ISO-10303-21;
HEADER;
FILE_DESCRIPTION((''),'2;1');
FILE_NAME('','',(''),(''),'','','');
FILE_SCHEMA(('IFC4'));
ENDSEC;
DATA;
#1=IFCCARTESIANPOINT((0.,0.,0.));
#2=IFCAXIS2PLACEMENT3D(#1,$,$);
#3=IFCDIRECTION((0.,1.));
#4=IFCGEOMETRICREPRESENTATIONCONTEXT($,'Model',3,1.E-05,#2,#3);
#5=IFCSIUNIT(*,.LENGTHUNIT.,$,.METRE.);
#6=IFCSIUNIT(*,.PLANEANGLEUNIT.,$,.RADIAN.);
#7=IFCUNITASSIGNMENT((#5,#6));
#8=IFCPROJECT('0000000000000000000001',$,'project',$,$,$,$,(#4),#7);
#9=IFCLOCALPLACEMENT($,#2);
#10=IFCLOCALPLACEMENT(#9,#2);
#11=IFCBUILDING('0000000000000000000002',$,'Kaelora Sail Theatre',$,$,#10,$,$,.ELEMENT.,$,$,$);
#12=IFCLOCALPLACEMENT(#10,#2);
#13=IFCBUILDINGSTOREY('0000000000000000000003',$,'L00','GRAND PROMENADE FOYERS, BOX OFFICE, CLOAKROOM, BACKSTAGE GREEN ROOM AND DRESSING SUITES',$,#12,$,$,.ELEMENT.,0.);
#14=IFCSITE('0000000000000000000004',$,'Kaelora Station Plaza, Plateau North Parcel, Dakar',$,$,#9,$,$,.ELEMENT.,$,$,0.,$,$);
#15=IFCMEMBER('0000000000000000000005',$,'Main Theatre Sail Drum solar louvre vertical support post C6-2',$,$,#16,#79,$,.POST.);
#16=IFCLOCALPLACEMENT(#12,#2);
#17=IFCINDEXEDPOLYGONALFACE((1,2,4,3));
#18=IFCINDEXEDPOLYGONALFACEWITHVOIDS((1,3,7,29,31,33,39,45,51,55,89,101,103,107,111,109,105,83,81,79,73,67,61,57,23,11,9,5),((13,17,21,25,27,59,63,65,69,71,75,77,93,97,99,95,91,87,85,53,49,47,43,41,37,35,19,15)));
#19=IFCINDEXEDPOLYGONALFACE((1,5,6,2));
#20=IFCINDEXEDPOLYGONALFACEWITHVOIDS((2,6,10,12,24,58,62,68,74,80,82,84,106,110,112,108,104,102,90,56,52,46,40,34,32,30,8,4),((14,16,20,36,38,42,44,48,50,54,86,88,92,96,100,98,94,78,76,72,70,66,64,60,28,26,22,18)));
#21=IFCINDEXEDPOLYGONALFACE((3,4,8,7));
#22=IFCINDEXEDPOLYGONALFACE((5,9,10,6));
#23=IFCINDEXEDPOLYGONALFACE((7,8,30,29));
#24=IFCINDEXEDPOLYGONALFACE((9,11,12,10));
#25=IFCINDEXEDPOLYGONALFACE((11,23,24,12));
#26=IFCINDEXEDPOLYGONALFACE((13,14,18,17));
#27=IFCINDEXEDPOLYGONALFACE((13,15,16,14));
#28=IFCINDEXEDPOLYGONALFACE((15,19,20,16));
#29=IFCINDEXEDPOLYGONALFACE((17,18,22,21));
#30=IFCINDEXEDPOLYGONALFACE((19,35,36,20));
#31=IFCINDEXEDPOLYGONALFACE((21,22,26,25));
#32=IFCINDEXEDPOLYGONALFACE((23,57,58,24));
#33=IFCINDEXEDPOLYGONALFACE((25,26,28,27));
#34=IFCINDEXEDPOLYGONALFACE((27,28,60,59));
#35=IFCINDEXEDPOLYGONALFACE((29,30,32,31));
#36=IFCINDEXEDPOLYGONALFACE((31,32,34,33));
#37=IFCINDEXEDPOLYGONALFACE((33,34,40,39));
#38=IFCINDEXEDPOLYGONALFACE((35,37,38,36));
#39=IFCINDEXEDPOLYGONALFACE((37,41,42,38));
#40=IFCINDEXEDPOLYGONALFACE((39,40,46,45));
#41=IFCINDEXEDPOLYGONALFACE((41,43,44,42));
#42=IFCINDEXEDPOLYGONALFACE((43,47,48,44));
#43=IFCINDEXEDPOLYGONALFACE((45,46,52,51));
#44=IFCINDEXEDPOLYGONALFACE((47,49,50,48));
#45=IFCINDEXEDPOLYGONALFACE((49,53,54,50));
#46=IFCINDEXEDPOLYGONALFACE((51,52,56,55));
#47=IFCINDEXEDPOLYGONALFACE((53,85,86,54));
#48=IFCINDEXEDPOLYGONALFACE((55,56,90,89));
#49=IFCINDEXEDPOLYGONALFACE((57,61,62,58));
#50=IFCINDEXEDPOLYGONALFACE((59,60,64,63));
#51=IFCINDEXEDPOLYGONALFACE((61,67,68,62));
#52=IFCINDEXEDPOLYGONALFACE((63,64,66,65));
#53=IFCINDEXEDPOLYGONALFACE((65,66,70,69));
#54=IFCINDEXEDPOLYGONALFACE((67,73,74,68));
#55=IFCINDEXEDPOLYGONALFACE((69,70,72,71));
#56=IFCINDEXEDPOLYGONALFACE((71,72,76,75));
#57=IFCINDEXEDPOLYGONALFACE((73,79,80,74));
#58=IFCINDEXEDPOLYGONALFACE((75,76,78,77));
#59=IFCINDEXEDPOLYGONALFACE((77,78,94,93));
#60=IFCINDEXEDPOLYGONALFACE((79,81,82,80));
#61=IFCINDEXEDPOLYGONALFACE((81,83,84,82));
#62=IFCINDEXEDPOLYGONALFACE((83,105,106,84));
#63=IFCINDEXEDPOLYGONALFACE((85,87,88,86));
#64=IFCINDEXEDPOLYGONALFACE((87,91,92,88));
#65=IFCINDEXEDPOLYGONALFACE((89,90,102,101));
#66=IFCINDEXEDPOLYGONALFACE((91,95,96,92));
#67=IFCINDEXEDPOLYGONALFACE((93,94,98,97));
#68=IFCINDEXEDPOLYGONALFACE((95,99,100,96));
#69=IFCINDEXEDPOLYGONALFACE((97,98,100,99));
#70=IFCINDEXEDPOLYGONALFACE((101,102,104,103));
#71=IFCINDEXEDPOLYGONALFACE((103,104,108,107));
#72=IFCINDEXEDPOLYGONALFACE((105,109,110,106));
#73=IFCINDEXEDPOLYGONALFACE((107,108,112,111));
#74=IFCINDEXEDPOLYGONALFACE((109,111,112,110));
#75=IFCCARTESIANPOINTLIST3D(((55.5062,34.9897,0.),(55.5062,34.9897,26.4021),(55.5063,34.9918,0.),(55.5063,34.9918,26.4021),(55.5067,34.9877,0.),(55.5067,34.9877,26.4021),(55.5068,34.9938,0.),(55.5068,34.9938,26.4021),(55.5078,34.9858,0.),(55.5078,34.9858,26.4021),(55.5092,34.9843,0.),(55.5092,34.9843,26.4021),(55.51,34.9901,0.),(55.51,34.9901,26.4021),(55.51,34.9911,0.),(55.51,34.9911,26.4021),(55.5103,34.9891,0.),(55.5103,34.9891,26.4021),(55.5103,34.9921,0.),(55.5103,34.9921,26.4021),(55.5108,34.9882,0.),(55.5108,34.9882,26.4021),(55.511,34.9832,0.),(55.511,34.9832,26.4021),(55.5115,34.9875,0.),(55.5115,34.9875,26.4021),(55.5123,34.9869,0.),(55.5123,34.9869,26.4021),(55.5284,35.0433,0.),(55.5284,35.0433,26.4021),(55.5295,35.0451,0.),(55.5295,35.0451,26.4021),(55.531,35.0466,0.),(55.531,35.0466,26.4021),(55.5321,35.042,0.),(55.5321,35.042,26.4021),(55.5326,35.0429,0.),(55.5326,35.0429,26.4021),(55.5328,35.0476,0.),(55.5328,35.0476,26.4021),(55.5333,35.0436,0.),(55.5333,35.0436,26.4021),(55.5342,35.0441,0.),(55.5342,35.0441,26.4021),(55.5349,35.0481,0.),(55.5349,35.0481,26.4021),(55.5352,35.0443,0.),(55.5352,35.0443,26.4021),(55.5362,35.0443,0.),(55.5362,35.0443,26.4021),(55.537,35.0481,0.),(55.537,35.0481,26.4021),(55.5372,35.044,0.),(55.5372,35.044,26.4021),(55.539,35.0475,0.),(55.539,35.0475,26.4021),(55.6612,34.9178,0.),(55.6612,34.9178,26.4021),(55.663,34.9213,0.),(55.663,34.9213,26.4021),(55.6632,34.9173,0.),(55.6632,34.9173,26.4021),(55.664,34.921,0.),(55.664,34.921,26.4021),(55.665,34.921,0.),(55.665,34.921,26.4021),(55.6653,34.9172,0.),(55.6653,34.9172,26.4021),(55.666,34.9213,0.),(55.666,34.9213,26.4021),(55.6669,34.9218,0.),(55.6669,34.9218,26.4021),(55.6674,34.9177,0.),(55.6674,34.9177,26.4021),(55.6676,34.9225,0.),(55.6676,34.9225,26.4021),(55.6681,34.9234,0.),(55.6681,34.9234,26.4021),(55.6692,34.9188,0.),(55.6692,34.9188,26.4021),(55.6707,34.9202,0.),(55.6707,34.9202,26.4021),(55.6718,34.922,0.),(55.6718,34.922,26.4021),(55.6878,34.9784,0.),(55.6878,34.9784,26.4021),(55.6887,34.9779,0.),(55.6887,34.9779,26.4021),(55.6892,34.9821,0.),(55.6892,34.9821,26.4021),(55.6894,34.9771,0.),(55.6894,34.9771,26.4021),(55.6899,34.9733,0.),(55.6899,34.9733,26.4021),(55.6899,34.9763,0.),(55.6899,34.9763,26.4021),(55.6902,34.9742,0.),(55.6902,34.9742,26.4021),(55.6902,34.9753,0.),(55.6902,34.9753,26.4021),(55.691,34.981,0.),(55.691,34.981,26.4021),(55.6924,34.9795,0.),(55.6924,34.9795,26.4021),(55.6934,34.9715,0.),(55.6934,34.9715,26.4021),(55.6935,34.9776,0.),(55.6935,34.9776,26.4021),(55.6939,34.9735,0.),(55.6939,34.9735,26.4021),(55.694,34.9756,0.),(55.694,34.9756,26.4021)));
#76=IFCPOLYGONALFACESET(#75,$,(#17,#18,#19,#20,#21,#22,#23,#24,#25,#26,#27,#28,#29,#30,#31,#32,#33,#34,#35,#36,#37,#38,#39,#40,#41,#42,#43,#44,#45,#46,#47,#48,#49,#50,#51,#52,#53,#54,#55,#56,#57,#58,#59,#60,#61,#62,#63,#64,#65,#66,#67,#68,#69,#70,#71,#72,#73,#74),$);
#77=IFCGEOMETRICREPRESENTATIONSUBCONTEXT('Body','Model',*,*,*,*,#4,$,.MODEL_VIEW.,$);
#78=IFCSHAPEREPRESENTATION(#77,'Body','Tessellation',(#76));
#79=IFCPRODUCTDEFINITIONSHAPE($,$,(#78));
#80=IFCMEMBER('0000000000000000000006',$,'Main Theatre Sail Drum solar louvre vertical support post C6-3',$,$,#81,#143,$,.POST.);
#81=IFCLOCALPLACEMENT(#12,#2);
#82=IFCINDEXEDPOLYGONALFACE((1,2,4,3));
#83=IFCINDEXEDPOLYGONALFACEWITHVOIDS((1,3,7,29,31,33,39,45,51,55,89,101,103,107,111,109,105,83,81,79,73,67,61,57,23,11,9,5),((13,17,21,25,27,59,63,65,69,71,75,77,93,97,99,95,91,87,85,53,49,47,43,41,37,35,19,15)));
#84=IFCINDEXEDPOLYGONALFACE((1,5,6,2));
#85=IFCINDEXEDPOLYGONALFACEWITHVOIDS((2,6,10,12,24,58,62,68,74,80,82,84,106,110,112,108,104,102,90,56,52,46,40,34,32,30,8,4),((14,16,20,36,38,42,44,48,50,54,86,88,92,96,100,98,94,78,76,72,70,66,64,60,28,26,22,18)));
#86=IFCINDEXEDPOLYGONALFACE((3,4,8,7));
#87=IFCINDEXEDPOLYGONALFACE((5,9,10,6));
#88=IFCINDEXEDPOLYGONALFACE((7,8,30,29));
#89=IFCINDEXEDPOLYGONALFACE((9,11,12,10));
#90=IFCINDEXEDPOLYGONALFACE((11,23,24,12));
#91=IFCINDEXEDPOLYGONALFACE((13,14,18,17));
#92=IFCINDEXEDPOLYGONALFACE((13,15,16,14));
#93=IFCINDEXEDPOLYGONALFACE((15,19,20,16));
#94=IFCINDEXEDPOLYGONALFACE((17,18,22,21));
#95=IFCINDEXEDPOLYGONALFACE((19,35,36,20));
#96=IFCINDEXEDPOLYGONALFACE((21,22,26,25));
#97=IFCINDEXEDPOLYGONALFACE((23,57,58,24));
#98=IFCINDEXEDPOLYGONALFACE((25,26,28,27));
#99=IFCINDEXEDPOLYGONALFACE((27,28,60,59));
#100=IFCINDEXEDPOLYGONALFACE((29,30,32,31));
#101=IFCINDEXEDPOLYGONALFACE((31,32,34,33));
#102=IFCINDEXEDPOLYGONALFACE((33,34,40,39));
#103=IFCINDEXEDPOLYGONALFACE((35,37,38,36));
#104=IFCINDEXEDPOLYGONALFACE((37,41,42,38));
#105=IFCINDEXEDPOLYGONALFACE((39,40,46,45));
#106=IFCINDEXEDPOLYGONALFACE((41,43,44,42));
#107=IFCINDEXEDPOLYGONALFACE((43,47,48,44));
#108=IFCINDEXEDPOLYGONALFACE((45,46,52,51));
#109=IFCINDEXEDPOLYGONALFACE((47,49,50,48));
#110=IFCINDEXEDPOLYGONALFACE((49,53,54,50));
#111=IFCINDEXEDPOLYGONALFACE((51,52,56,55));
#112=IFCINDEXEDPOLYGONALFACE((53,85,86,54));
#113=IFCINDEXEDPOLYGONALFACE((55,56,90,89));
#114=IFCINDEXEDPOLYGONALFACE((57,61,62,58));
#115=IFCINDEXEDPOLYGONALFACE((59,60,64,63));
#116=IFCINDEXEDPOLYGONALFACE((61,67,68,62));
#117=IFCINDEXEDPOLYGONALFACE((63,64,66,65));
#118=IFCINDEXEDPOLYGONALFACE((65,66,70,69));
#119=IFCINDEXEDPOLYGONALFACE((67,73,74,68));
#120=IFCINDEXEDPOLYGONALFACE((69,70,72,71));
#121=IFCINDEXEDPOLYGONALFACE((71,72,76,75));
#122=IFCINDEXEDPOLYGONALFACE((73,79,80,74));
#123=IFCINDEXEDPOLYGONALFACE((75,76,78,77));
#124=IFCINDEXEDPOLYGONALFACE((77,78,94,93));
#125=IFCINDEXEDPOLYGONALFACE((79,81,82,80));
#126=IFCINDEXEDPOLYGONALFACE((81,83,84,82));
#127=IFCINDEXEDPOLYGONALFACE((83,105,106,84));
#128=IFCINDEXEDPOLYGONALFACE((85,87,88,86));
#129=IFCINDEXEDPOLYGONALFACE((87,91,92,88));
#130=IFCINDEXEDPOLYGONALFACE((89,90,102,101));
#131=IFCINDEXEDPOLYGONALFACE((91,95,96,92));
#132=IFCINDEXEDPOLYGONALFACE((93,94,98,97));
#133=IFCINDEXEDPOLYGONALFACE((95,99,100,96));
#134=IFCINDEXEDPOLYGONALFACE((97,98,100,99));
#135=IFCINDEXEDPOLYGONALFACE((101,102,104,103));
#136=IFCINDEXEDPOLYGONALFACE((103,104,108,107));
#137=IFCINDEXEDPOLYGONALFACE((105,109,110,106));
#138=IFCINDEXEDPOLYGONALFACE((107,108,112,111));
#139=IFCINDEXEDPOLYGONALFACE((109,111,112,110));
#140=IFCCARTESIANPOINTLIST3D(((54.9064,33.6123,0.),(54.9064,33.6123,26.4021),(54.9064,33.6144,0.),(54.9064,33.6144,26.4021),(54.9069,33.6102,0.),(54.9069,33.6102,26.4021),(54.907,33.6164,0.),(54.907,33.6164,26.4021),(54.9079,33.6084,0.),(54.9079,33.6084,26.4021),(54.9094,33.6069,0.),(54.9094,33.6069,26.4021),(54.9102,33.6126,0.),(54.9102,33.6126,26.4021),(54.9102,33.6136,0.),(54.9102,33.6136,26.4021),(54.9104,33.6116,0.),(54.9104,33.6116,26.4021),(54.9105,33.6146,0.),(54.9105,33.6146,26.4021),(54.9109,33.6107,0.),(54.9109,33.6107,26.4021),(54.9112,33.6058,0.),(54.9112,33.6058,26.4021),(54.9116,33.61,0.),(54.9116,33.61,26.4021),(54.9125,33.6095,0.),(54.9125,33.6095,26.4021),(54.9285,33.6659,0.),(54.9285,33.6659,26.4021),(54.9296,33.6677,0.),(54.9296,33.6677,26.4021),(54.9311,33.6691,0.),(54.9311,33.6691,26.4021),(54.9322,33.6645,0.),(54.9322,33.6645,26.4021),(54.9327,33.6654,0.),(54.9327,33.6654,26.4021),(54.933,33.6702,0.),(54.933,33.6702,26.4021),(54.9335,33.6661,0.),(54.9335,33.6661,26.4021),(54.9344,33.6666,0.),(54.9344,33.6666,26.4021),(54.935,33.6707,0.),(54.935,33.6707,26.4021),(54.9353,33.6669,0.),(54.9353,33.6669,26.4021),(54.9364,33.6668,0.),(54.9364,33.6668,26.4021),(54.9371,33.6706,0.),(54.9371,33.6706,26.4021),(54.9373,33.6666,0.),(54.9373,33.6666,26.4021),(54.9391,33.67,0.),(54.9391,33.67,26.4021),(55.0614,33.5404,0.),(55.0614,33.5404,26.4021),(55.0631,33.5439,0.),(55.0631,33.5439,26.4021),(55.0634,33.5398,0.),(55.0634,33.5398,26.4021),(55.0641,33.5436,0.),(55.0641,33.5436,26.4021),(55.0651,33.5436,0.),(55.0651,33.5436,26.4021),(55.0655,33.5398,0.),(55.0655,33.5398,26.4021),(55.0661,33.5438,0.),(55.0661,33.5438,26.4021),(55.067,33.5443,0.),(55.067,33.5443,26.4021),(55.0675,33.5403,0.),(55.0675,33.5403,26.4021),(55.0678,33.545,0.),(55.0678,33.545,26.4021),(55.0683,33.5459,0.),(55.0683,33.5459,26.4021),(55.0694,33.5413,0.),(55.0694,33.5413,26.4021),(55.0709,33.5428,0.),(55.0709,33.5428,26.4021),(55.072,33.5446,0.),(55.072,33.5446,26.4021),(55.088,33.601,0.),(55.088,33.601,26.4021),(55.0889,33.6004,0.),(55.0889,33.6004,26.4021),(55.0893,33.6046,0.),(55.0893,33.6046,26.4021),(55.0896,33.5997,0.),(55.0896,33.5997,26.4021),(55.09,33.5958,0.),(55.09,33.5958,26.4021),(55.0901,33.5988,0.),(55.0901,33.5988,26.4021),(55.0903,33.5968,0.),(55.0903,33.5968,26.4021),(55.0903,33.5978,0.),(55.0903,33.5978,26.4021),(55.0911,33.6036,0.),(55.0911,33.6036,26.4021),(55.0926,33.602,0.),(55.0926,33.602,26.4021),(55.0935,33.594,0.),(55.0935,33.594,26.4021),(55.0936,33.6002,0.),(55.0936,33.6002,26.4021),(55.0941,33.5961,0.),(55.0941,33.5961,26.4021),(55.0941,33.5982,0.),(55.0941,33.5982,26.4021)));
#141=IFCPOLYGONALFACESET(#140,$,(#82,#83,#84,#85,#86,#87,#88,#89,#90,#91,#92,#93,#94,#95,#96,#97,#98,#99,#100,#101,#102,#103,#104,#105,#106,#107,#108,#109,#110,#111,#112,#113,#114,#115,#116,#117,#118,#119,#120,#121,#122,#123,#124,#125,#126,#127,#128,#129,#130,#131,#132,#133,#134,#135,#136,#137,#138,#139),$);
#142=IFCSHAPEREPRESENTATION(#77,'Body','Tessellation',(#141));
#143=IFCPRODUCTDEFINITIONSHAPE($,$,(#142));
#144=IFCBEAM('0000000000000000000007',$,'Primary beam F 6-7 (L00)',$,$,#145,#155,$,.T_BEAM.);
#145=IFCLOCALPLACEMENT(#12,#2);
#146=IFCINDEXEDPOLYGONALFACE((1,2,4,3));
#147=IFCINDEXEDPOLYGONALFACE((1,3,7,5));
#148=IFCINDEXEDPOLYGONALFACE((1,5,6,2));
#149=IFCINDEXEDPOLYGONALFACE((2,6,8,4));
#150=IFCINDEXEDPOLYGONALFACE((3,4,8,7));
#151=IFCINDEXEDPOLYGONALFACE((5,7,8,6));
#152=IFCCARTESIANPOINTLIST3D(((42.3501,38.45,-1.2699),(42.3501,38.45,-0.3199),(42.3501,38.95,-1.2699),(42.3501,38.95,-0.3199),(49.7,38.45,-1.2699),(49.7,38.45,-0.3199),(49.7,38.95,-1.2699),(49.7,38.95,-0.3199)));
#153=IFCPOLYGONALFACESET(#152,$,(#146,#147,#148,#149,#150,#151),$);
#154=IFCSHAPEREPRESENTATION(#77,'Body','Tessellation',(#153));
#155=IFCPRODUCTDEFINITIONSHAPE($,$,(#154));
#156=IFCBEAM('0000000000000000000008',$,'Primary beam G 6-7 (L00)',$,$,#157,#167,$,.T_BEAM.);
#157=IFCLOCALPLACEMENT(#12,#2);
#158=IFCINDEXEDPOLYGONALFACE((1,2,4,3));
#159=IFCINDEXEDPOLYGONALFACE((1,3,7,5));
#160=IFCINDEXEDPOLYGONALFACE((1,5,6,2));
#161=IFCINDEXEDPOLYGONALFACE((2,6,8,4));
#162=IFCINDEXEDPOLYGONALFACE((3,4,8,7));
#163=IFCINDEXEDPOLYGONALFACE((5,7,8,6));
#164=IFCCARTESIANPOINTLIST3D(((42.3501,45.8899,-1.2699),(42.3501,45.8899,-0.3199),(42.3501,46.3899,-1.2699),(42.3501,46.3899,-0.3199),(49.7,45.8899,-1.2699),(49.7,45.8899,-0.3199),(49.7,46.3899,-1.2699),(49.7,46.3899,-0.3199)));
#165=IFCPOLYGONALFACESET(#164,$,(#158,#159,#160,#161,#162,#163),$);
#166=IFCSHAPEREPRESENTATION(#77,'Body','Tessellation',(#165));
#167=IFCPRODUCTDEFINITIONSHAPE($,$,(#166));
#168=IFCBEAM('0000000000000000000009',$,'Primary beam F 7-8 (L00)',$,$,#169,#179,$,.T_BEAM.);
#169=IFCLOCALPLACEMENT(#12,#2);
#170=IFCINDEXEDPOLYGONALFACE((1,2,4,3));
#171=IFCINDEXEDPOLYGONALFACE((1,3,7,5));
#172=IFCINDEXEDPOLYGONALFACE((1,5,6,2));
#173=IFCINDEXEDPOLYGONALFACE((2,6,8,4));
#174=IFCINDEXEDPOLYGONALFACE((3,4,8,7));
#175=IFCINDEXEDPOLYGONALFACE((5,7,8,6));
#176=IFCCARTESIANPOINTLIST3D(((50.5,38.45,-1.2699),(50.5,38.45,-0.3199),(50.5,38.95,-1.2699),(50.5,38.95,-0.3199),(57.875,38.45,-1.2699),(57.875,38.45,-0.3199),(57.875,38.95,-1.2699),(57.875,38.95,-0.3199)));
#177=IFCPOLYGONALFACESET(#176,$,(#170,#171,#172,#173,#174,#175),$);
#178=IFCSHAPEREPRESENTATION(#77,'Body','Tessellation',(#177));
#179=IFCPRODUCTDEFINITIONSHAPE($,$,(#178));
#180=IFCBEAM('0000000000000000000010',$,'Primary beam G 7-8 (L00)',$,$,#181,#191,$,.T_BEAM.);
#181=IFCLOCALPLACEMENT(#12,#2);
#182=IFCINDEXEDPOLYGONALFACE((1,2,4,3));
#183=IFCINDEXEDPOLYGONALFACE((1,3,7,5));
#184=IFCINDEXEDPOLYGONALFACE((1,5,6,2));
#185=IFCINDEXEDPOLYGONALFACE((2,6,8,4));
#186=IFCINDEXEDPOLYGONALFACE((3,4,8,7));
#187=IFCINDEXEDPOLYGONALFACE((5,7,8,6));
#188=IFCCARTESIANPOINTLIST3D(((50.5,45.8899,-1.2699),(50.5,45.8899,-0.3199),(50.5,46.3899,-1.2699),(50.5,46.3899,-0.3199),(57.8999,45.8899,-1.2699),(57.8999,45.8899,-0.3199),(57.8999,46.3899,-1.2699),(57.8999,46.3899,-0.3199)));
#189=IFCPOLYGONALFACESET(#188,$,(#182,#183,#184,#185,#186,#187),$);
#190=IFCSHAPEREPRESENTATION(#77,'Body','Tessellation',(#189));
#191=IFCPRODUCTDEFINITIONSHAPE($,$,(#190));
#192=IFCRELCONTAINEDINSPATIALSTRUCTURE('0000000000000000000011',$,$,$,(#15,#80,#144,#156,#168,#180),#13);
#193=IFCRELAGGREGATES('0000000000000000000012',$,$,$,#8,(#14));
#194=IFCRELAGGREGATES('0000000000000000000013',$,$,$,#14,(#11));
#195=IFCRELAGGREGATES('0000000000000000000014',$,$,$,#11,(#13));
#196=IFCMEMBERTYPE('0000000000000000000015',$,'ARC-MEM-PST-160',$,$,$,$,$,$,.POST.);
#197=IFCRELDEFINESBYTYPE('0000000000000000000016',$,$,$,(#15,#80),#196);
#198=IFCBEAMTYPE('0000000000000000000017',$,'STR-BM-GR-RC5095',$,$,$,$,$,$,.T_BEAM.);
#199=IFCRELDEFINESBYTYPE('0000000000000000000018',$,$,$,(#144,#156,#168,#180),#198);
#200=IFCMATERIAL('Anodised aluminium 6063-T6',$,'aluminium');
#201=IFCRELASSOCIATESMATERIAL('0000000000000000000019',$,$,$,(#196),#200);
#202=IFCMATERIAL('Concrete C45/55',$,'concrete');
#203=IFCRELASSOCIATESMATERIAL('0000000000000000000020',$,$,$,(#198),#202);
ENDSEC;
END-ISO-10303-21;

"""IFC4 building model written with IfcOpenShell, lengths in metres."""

from ifc_helpers import new_model, si_unit, direction, frame, origin, origin_2d, place, context, subcontext, project, spatial, rectangle, hollow_rectangle, extrude, material, material_profile, profile_set, type_object, element, save


model = new_model("IFC4")

# Units and contexts
model_context = context("Model", 3, precision=1e-05, world=origin(), true_north=direction((0.0, 1.0)))
body_context = subcontext(model_context, "Body", "Model", "MODEL_VIEW")
ifc_project = project(units=[si_unit("LENGTHUNIT", "METRE"), si_unit("PLANEANGLEUNIT", "RADIAN")], contexts=[model_context])

# Site, building, storey
site_placement = place(None, origin())
site = spatial("IfcSite", under=ifc_project, at=site_placement, Name="Kaelora Station Plaza, Plateau North Parcel, Dakar", CompositionType="ELEMENT", RefElevation=0.0)
building_placement = place(site_placement, origin())
building = spatial("IfcBuilding", under=site, at=building_placement, Name="Kaelora Sail Theatre", CompositionType="ELEMENT")
storey_placement = place(building_placement, origin())
storey = spatial("IfcBuildingStorey", under=building, at=storey_placement, Name="L00", Description="GRAND PROMENADE FOYERS, BOX OFFICE, CLOAKROOM, BACKSTAGE GREEN ROOM AND DRESSING SUITES", CompositionType="ELEMENT", Elevation=0.0)

# Members
ifc_material_1 = material(Name="Anodised aluminium 6063-T6", Category="aluminium")
ifc_material_profile_1 = material_profile(ifc_material_1, hollow_rectangle(XDim=0.0701, YDim=0.1799, WallThickness=0.0039, InnerFilletRadius=0.0039, OuterFilletRadius=0.0081, at=origin_2d()), Name="ALU-MULL 70x180x4")
ifc_profile_set_1 = profile_set([ifc_material_profile_1], Name="Anodised aluminium 6063-T6")
member_type_1 = type_object("IfcMemberType", Name="ARC-MEM-PST-160", PredefinedType="POST", material=ifc_profile_set_1)
for number, where, z_axis, x_axis, name in (
    (1, (55.6001, 34.9827, 0.0), (0.0, 0.0, 1.0), (-0.399229, -0.916851, 0.0), "Main Theatre Sail Drum solar louvre vertical support post C6-2"),
    (2, (55.0002, 33.6052, 0.0), (0.0, 0.0, 1.0), (-0.399229, -0.916851, 0.0), "Main Theatre Sail Drum solar louvre vertical support post C6-3"),
):
    element("IfcMember", number, at=place(storey_placement, frame(where, z_axis=z_axis, x_axis=x_axis)), inside=storey, type_object=member_type_1, Name=name, PredefinedType="POST", context=body_context, shape_type="SweptSolid", body=[
        extrude(hollow_rectangle(XDim=0.0701, YDim=0.1799, WallThickness=0.0039, InnerFilletRadius=0.0039, OuterFilletRadius=0.0081, at=origin_2d()), origin(), (0.0, 0.0, 1.0), 26.4021),
    ])

# Beams
ifc_material_2 = material(Name="Concrete C45/55", Category="concrete")
ifc_material_profile_2 = material_profile(ifc_material_2, rectangle(XDim=0.5, YDim=0.95, at=origin_2d()), Name="RC-GRD 500x950")
ifc_profile_set_2 = profile_set([ifc_material_profile_2], Name="Concrete C45/55")
beam_type_1 = type_object("IfcBeamType", Name="STR-BM-GR-RC5095", PredefinedType="T_BEAM", material=ifc_profile_set_2)
for number, where, z_axis, x_axis, name in (
    (3, (42.3501, 38.7, -0.7949), (1.0, 0.0, 0.0), (0.0, 1.0, 0.0), "Primary beam F 6-7 (L00)"),
    (4, (42.3501, 46.1399, -0.7949), (1.0, 0.0, 0.0), (0.0, 1.0, 0.0), "Primary beam G 6-7 (L00)"),
):
    element("IfcBeam", number, at=place(storey_placement, frame(where, z_axis=z_axis, x_axis=x_axis)), inside=storey, type_object=beam_type_1, Name=name, PredefinedType="T_BEAM", context=body_context, shape_type="SweptSolid", body=[
        extrude(rectangle(XDim=0.5, YDim=0.95, at=origin_2d()), origin(), (0.0, 0.0, 1.0), 7.3499),
    ])
beam_1_placement = place(storey_placement, frame((50.5, 38.7, -0.7949), z_axis=(1.0, 0.0, 0.0), x_axis=(0.0, 1.0, 0.0)))
element("IfcBeam", 5, at=beam_1_placement, inside=storey, type_object=beam_type_1, Name="Primary beam F 7-8 (L00)", PredefinedType="T_BEAM", context=body_context, shape_type="SweptSolid", body=[
    extrude(rectangle(XDim=0.5, YDim=0.95, at=origin_2d()), origin(), (0.0, 0.0, 1.0), 7.375),
])
beam_2_placement = place(storey_placement, frame((50.5, 46.1399, -0.7949), z_axis=(1.0, 0.0, 0.0), x_axis=(0.0, 1.0, 0.0)))
element("IfcBeam", 6, at=beam_2_placement, inside=storey, type_object=beam_type_1, Name="Primary beam G 7-8 (L00)", PredefinedType="T_BEAM", context=body_context, shape_type="SweptSolid", body=[
    extrude(rectangle(XDim=0.5, YDim=0.95, at=origin_2d()), origin(), (0.0, 0.0, 1.0), 7.3999),
])

save(model, "model.ifc")
